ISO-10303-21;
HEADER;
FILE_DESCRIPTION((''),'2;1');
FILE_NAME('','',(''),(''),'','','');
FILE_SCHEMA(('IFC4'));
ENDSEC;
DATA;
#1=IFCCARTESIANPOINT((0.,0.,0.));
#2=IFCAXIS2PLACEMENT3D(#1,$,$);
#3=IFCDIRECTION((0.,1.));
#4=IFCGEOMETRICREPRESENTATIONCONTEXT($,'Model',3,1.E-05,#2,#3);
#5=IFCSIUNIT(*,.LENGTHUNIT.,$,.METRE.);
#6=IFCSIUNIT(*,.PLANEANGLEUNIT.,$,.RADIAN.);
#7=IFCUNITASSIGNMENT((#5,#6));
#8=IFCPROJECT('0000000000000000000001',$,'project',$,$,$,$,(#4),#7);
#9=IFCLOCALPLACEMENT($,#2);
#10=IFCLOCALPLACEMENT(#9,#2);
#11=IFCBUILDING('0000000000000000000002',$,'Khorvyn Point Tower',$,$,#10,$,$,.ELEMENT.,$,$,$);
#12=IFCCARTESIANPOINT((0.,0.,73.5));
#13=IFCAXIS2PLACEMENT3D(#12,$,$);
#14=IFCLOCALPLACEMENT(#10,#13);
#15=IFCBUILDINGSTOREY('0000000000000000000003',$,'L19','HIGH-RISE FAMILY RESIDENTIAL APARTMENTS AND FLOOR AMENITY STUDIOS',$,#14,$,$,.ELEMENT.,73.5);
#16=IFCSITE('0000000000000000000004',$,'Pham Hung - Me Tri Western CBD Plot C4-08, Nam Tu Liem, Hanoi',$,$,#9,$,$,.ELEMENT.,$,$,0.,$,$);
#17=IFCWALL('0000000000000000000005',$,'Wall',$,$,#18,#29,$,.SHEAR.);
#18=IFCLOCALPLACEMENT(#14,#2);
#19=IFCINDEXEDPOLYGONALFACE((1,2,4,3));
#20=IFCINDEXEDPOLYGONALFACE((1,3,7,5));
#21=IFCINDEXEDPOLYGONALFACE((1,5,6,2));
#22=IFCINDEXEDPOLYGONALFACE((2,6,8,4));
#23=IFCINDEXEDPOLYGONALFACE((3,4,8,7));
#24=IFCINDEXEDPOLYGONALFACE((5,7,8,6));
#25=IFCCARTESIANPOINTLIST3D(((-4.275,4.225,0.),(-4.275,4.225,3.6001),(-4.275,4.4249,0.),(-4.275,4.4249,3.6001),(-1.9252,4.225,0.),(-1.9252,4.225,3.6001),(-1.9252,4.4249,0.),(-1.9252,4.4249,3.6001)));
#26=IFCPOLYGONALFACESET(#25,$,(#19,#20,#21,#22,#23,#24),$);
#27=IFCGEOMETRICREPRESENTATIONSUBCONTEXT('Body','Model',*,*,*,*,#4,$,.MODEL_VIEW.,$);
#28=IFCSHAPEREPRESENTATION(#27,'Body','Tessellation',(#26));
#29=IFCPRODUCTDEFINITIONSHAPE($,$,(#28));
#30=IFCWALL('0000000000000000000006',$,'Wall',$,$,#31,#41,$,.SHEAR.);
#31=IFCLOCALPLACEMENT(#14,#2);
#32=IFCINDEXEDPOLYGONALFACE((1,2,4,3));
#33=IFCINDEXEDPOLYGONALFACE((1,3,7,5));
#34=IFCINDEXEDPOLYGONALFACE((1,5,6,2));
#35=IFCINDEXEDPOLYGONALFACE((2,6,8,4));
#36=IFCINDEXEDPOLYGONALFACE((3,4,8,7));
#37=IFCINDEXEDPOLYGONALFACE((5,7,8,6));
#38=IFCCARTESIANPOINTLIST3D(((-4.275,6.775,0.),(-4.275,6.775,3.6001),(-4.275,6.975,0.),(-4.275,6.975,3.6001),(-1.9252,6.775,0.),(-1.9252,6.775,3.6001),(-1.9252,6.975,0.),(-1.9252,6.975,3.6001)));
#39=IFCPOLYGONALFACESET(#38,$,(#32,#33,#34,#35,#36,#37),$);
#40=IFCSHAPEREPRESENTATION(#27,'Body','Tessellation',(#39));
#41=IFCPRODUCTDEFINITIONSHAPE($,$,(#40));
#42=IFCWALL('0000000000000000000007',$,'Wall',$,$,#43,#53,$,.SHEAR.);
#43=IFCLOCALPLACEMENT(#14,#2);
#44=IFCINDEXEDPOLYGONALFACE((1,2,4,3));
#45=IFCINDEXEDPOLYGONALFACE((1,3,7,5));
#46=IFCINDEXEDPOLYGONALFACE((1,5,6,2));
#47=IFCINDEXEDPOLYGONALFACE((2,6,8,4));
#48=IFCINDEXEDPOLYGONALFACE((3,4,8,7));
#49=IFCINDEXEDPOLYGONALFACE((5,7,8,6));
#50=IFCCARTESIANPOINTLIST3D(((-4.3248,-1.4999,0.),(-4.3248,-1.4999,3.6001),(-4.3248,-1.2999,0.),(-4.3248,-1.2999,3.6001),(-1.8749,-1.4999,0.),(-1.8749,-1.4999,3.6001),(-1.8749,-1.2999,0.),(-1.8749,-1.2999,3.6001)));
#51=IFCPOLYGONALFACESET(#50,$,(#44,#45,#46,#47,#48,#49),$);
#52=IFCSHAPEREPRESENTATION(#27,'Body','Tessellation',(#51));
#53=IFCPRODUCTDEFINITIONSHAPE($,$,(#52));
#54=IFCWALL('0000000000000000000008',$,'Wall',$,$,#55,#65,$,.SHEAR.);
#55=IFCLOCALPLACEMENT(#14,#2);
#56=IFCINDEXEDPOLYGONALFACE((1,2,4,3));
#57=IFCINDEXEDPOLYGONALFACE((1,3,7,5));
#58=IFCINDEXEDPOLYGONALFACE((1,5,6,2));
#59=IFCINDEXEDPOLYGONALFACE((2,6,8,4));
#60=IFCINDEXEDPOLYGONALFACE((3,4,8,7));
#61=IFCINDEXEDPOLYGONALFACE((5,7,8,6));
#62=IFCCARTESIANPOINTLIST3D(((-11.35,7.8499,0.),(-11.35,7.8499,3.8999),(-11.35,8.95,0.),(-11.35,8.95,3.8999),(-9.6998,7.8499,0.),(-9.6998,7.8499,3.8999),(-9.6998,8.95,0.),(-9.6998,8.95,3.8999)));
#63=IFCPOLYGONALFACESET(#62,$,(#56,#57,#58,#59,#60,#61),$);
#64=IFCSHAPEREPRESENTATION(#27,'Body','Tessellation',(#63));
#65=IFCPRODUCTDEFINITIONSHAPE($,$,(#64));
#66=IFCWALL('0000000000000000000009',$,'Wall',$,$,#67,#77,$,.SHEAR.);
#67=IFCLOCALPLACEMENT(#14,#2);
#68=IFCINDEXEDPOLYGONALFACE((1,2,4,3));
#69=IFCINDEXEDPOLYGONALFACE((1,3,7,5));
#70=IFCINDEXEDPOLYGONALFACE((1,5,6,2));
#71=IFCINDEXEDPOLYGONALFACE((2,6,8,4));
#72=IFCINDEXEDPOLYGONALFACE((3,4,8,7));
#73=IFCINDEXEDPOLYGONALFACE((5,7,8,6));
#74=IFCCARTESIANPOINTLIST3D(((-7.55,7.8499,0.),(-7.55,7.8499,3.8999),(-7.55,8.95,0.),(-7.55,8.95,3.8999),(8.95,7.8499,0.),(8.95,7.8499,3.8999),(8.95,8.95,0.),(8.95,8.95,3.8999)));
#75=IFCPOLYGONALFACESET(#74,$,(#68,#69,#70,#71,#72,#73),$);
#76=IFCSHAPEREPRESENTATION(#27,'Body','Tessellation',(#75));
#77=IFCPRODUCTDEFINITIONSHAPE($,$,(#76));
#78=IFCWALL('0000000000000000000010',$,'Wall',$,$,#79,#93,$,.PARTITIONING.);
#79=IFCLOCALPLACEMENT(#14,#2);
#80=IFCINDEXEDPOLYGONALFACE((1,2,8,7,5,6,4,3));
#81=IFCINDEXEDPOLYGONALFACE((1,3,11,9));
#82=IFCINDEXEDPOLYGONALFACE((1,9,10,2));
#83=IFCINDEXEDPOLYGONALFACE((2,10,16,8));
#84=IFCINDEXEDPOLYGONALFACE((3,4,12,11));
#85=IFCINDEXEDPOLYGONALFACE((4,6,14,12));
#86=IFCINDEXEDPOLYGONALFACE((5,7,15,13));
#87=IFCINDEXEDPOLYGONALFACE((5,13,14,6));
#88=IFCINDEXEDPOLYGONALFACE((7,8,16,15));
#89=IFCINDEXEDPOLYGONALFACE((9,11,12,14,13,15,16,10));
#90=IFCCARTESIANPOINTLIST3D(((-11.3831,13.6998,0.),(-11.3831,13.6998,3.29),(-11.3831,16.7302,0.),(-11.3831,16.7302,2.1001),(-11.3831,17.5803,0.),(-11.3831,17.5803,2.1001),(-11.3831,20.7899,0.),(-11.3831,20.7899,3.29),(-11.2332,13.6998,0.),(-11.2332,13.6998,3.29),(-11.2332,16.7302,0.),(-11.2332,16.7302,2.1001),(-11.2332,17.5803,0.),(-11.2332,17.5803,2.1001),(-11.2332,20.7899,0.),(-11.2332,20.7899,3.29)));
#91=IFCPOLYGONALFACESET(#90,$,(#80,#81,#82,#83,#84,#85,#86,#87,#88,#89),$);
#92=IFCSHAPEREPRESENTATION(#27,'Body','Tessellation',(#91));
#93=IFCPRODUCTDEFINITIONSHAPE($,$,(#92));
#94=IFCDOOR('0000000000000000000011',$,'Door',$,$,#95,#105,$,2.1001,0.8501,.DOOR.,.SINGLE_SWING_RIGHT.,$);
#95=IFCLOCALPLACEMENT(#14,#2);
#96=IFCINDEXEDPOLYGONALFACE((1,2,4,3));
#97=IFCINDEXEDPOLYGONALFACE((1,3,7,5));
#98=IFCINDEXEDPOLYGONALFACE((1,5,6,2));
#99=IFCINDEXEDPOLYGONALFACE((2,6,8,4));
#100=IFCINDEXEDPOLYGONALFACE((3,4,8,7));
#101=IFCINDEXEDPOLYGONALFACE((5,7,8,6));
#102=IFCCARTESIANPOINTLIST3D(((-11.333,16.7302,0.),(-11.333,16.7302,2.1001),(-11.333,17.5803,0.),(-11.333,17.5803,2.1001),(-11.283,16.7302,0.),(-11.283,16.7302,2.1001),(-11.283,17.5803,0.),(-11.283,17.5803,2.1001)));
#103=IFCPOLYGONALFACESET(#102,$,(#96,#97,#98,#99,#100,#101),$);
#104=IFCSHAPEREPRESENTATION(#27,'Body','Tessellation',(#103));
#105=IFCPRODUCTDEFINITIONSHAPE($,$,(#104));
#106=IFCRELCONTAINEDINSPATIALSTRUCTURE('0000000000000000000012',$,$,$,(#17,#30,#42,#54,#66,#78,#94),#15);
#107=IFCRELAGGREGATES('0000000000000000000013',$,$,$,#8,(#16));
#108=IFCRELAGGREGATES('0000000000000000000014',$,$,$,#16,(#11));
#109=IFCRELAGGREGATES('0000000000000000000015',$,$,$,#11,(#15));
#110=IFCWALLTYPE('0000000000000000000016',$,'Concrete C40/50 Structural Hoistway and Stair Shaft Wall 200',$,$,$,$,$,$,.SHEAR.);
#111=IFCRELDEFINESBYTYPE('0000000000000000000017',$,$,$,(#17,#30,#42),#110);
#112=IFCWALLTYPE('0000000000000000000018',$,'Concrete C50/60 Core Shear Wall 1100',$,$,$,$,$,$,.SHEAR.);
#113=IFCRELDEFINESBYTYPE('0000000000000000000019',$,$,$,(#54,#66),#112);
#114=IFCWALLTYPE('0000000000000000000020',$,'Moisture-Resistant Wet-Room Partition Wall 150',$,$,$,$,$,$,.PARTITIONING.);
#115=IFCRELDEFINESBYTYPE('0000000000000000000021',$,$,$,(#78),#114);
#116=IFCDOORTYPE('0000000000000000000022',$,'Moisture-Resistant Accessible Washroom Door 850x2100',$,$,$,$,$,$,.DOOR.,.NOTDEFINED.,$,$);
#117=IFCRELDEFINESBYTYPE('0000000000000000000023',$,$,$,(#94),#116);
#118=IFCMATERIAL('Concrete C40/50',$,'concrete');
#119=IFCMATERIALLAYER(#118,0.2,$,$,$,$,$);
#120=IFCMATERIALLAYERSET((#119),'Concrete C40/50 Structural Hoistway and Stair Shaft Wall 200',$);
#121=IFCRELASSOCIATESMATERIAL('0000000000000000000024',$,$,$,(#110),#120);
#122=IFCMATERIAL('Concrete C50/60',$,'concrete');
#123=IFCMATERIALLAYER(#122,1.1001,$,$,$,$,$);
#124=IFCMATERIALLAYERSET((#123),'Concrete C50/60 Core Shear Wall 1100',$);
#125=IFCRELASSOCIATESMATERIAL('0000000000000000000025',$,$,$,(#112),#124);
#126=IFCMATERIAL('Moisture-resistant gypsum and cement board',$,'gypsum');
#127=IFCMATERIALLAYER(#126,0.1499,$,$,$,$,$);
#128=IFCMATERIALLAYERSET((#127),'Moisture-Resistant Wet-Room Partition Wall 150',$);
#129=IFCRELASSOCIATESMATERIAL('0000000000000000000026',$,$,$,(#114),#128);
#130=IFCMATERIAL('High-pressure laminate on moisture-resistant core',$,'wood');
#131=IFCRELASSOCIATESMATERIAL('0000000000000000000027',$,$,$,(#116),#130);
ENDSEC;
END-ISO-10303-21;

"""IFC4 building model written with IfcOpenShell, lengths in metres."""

from ifc_helpers import new_model, si_unit, direction, frame, frame_2d, origin, place, context, subcontext, project, spatial, rectangle, extrude, material, layer, layer_set, type_object, element, fill, save


model = new_model("IFC4")

# Units and contexts
model_context = context("Model", 3, precision=1e-05, world=origin(), true_north=direction((0.0, 1.0)))
body_context = subcontext(model_context, "Body", "Model", "MODEL_VIEW")
ifc_project = project(units=[si_unit("LENGTHUNIT", "METRE"), si_unit("PLANEANGLEUNIT", "RADIAN")], contexts=[model_context])

# Site, building, storey
site_placement = place(None, origin())
site = spatial("IfcSite", under=ifc_project, at=site_placement, Name="Pham Hung - Me Tri Western CBD Plot C4-08, Nam Tu Liem, Hanoi", CompositionType="ELEMENT", RefElevation=0.0)
building_placement = place(site_placement, origin())
building = spatial("IfcBuilding", under=site, at=building_placement, Name="Khorvyn Point Tower", CompositionType="ELEMENT")
storey_placement = place(building_placement, frame((0.0, 0.0, 73.5)))
storey = spatial("IfcBuildingStorey", under=building, at=storey_placement, Name="L19", Description="HIGH-RISE FAMILY RESIDENTIAL APARTMENTS AND FLOOR AMENITY STUDIOS", CompositionType="ELEMENT", Elevation=73.5)

# Shared definitions
ifc_material_1 = material(Name="Concrete C40/50", Category="concrete")
ifc_material_2 = material(Name="Concrete C50/60", Category="concrete")

# Walls
ifc_layer_1 = layer(ifc_material_1, 0.2)
ifc_layer_set_1 = layer_set([ifc_layer_1], Name="Concrete C40/50 Structural Hoistway and Stair Shaft Wall 200")
wall_type_1 = type_object("IfcWallType", Name="Concrete C40/50 Structural Hoistway and Stair Shaft Wall 200", PredefinedType="SHEAR", material=ifc_layer_set_1)
for number, where, z_axis, x_axis, name in (
    (1, (-4.2749, 4.325, 0.0), (0.0, 0.0, 1.0), (1.0, 0.0, 0.0), "Wall"),
    (2, (-4.2749, 6.875, 0.0), (0.0, 0.0, 1.0), (1.0, 0.0, 0.0), "Wall"),
):
    element("IfcWall", number, at=place(storey_placement, frame(where, z_axis=z_axis, x_axis=x_axis)), inside=storey, type_object=wall_type_1, Name=name, PredefinedType="SHEAR", context=body_context, shape_type="SweptSolid", body=[
        extrude(rectangle(XDim=2.3499, YDim=0.2, at=frame_2d((1.1748, 0.0))), origin(), (0.0, 0.0, 1.0), 3.6001),
    ])
wall_1_placement = place(storey_placement, frame((-4.325, -1.3999, 0.0), z_axis=(0.0, 0.0, 1.0), x_axis=(1.0, 0.0, 0.0)))
element("IfcWall", 3, at=wall_1_placement, inside=storey, type_object=wall_type_1, Name="Wall", PredefinedType="SHEAR", context=body_context, shape_type="SweptSolid", body=[
    extrude(rectangle(XDim=2.45, YDim=0.2, at=frame_2d((1.2251, 0.0))), origin(), (0.0, 0.0, 1.0), 3.6001),
])
ifc_layer_2 = layer(ifc_material_2, 1.1001)
ifc_layer_set_2 = layer_set([ifc_layer_2], Name="Concrete C50/60 Core Shear Wall 1100")
wall_type_2 = type_object("IfcWallType", Name="Concrete C50/60 Core Shear Wall 1100", PredefinedType="SHEAR", material=ifc_layer_set_2)
wall_2_placement = place(storey_placement, frame((-11.3501, 8.3999, 0.0), z_axis=(0.0, 0.0, 1.0), x_axis=(1.0, 0.0, 0.0)))
element("IfcWall", 4, at=wall_2_placement, inside=storey, type_object=wall_type_2, Name="Wall", PredefinedType="SHEAR", context=body_context, shape_type="SweptSolid", body=[
    extrude(rectangle(XDim=1.6501, YDim=1.1001, at=frame_2d((0.8252, 0.0))), origin(), (0.0, 0.0, 1.0), 3.8999),
])
wall_3_placement = place(storey_placement, frame((-7.55, 8.3999, 0.0), z_axis=(0.0, 0.0, 1.0), x_axis=(1.0, 0.0, 0.0)))
element("IfcWall", 5, at=wall_3_placement, inside=storey, type_object=wall_type_2, Name="Wall", PredefinedType="SHEAR", context=body_context, shape_type="SweptSolid", body=[
    extrude(rectangle(XDim=16.5, YDim=1.1001, at=frame_2d((8.25, 0.0))), origin(), (0.0, 0.0, 1.0), 3.8999),
])

# Wall, opening, door
ifc_material_3 = material(Name="Moisture-resistant gypsum and cement board", Category="gypsum")
ifc_layer_3 = layer(ifc_material_3, 0.1499)
ifc_layer_set_3 = layer_set([ifc_layer_3], Name="Moisture-Resistant Wet-Room Partition Wall 150")
wall_type_3 = type_object("IfcWallType", Name="Moisture-Resistant Wet-Room Partition Wall 150", PredefinedType="PARTITIONING", material=ifc_layer_set_3)
wall_4_placement = place(storey_placement, frame((-11.3081, 13.7, 0.0), z_axis=(0.0, 0.0, 1.0), x_axis=(0.0, 1.0, 0.0)))
wall_4 = element("IfcWall", 6, at=wall_4_placement, inside=storey, type_object=wall_type_3, Name="Wall", PredefinedType="PARTITIONING", context=body_context, shape_type="SweptSolid", body=[
    extrude(rectangle(XDim=7.0901, YDim=0.1499, at=frame_2d((3.5449, 0.0))), origin(), (0.0, 0.0, 1.0), 3.29),
])
opening_1_placement = place(wall_4_placement, frame((3.0303, 0.0, 0.0)))
opening_1 = element("IfcOpeningElement", 7, at=opening_1_placement, cuts=wall_4, PredefinedType="OPENING", context=body_context, shape_type="SweptSolid", body=[
    extrude(rectangle(XDim=0.8501, YDim=2.1001, at=frame_2d((0.425, 1.05))), frame((0.0, 0.085, 0.0), z_axis=(0.0, -1.0, 0.0), x_axis=(1.0, 0.0, 0.0)), (0.0, 0.0, 1.0), 0.1699),
])
ifc_material_4 = material(Name="High-pressure laminate on moisture-resistant core", Category="wood")
door_type_1 = type_object("IfcDoorType", Name="Moisture-Resistant Accessible Washroom Door 850x2100", OperationType="NOTDEFINED", PredefinedType="DOOR", material=ifc_material_4)
door_1_placement = place(opening_1_placement, origin())
door_1 = element("IfcDoor", 8, at=door_1_placement, inside=storey, type_object=door_type_1, Name="Door", OperationType="SINGLE_SWING_RIGHT", OverallHeight=2.1001, OverallWidth=0.8501, PredefinedType="DOOR", context=body_context, shape_type="SweptSolid", body=[
    extrude(rectangle(XDim=0.8501, YDim=2.1001, at=frame_2d((0.425, 1.05))), frame((0.0, 0.0249, 0.0), z_axis=(0.0, -1.0, 0.0), x_axis=(1.0, 0.0, 0.0)), (0.0, 0.0, 1.0), 0.05),
])
fill(opening_1, door_1)

save(model, "model.ifc")
